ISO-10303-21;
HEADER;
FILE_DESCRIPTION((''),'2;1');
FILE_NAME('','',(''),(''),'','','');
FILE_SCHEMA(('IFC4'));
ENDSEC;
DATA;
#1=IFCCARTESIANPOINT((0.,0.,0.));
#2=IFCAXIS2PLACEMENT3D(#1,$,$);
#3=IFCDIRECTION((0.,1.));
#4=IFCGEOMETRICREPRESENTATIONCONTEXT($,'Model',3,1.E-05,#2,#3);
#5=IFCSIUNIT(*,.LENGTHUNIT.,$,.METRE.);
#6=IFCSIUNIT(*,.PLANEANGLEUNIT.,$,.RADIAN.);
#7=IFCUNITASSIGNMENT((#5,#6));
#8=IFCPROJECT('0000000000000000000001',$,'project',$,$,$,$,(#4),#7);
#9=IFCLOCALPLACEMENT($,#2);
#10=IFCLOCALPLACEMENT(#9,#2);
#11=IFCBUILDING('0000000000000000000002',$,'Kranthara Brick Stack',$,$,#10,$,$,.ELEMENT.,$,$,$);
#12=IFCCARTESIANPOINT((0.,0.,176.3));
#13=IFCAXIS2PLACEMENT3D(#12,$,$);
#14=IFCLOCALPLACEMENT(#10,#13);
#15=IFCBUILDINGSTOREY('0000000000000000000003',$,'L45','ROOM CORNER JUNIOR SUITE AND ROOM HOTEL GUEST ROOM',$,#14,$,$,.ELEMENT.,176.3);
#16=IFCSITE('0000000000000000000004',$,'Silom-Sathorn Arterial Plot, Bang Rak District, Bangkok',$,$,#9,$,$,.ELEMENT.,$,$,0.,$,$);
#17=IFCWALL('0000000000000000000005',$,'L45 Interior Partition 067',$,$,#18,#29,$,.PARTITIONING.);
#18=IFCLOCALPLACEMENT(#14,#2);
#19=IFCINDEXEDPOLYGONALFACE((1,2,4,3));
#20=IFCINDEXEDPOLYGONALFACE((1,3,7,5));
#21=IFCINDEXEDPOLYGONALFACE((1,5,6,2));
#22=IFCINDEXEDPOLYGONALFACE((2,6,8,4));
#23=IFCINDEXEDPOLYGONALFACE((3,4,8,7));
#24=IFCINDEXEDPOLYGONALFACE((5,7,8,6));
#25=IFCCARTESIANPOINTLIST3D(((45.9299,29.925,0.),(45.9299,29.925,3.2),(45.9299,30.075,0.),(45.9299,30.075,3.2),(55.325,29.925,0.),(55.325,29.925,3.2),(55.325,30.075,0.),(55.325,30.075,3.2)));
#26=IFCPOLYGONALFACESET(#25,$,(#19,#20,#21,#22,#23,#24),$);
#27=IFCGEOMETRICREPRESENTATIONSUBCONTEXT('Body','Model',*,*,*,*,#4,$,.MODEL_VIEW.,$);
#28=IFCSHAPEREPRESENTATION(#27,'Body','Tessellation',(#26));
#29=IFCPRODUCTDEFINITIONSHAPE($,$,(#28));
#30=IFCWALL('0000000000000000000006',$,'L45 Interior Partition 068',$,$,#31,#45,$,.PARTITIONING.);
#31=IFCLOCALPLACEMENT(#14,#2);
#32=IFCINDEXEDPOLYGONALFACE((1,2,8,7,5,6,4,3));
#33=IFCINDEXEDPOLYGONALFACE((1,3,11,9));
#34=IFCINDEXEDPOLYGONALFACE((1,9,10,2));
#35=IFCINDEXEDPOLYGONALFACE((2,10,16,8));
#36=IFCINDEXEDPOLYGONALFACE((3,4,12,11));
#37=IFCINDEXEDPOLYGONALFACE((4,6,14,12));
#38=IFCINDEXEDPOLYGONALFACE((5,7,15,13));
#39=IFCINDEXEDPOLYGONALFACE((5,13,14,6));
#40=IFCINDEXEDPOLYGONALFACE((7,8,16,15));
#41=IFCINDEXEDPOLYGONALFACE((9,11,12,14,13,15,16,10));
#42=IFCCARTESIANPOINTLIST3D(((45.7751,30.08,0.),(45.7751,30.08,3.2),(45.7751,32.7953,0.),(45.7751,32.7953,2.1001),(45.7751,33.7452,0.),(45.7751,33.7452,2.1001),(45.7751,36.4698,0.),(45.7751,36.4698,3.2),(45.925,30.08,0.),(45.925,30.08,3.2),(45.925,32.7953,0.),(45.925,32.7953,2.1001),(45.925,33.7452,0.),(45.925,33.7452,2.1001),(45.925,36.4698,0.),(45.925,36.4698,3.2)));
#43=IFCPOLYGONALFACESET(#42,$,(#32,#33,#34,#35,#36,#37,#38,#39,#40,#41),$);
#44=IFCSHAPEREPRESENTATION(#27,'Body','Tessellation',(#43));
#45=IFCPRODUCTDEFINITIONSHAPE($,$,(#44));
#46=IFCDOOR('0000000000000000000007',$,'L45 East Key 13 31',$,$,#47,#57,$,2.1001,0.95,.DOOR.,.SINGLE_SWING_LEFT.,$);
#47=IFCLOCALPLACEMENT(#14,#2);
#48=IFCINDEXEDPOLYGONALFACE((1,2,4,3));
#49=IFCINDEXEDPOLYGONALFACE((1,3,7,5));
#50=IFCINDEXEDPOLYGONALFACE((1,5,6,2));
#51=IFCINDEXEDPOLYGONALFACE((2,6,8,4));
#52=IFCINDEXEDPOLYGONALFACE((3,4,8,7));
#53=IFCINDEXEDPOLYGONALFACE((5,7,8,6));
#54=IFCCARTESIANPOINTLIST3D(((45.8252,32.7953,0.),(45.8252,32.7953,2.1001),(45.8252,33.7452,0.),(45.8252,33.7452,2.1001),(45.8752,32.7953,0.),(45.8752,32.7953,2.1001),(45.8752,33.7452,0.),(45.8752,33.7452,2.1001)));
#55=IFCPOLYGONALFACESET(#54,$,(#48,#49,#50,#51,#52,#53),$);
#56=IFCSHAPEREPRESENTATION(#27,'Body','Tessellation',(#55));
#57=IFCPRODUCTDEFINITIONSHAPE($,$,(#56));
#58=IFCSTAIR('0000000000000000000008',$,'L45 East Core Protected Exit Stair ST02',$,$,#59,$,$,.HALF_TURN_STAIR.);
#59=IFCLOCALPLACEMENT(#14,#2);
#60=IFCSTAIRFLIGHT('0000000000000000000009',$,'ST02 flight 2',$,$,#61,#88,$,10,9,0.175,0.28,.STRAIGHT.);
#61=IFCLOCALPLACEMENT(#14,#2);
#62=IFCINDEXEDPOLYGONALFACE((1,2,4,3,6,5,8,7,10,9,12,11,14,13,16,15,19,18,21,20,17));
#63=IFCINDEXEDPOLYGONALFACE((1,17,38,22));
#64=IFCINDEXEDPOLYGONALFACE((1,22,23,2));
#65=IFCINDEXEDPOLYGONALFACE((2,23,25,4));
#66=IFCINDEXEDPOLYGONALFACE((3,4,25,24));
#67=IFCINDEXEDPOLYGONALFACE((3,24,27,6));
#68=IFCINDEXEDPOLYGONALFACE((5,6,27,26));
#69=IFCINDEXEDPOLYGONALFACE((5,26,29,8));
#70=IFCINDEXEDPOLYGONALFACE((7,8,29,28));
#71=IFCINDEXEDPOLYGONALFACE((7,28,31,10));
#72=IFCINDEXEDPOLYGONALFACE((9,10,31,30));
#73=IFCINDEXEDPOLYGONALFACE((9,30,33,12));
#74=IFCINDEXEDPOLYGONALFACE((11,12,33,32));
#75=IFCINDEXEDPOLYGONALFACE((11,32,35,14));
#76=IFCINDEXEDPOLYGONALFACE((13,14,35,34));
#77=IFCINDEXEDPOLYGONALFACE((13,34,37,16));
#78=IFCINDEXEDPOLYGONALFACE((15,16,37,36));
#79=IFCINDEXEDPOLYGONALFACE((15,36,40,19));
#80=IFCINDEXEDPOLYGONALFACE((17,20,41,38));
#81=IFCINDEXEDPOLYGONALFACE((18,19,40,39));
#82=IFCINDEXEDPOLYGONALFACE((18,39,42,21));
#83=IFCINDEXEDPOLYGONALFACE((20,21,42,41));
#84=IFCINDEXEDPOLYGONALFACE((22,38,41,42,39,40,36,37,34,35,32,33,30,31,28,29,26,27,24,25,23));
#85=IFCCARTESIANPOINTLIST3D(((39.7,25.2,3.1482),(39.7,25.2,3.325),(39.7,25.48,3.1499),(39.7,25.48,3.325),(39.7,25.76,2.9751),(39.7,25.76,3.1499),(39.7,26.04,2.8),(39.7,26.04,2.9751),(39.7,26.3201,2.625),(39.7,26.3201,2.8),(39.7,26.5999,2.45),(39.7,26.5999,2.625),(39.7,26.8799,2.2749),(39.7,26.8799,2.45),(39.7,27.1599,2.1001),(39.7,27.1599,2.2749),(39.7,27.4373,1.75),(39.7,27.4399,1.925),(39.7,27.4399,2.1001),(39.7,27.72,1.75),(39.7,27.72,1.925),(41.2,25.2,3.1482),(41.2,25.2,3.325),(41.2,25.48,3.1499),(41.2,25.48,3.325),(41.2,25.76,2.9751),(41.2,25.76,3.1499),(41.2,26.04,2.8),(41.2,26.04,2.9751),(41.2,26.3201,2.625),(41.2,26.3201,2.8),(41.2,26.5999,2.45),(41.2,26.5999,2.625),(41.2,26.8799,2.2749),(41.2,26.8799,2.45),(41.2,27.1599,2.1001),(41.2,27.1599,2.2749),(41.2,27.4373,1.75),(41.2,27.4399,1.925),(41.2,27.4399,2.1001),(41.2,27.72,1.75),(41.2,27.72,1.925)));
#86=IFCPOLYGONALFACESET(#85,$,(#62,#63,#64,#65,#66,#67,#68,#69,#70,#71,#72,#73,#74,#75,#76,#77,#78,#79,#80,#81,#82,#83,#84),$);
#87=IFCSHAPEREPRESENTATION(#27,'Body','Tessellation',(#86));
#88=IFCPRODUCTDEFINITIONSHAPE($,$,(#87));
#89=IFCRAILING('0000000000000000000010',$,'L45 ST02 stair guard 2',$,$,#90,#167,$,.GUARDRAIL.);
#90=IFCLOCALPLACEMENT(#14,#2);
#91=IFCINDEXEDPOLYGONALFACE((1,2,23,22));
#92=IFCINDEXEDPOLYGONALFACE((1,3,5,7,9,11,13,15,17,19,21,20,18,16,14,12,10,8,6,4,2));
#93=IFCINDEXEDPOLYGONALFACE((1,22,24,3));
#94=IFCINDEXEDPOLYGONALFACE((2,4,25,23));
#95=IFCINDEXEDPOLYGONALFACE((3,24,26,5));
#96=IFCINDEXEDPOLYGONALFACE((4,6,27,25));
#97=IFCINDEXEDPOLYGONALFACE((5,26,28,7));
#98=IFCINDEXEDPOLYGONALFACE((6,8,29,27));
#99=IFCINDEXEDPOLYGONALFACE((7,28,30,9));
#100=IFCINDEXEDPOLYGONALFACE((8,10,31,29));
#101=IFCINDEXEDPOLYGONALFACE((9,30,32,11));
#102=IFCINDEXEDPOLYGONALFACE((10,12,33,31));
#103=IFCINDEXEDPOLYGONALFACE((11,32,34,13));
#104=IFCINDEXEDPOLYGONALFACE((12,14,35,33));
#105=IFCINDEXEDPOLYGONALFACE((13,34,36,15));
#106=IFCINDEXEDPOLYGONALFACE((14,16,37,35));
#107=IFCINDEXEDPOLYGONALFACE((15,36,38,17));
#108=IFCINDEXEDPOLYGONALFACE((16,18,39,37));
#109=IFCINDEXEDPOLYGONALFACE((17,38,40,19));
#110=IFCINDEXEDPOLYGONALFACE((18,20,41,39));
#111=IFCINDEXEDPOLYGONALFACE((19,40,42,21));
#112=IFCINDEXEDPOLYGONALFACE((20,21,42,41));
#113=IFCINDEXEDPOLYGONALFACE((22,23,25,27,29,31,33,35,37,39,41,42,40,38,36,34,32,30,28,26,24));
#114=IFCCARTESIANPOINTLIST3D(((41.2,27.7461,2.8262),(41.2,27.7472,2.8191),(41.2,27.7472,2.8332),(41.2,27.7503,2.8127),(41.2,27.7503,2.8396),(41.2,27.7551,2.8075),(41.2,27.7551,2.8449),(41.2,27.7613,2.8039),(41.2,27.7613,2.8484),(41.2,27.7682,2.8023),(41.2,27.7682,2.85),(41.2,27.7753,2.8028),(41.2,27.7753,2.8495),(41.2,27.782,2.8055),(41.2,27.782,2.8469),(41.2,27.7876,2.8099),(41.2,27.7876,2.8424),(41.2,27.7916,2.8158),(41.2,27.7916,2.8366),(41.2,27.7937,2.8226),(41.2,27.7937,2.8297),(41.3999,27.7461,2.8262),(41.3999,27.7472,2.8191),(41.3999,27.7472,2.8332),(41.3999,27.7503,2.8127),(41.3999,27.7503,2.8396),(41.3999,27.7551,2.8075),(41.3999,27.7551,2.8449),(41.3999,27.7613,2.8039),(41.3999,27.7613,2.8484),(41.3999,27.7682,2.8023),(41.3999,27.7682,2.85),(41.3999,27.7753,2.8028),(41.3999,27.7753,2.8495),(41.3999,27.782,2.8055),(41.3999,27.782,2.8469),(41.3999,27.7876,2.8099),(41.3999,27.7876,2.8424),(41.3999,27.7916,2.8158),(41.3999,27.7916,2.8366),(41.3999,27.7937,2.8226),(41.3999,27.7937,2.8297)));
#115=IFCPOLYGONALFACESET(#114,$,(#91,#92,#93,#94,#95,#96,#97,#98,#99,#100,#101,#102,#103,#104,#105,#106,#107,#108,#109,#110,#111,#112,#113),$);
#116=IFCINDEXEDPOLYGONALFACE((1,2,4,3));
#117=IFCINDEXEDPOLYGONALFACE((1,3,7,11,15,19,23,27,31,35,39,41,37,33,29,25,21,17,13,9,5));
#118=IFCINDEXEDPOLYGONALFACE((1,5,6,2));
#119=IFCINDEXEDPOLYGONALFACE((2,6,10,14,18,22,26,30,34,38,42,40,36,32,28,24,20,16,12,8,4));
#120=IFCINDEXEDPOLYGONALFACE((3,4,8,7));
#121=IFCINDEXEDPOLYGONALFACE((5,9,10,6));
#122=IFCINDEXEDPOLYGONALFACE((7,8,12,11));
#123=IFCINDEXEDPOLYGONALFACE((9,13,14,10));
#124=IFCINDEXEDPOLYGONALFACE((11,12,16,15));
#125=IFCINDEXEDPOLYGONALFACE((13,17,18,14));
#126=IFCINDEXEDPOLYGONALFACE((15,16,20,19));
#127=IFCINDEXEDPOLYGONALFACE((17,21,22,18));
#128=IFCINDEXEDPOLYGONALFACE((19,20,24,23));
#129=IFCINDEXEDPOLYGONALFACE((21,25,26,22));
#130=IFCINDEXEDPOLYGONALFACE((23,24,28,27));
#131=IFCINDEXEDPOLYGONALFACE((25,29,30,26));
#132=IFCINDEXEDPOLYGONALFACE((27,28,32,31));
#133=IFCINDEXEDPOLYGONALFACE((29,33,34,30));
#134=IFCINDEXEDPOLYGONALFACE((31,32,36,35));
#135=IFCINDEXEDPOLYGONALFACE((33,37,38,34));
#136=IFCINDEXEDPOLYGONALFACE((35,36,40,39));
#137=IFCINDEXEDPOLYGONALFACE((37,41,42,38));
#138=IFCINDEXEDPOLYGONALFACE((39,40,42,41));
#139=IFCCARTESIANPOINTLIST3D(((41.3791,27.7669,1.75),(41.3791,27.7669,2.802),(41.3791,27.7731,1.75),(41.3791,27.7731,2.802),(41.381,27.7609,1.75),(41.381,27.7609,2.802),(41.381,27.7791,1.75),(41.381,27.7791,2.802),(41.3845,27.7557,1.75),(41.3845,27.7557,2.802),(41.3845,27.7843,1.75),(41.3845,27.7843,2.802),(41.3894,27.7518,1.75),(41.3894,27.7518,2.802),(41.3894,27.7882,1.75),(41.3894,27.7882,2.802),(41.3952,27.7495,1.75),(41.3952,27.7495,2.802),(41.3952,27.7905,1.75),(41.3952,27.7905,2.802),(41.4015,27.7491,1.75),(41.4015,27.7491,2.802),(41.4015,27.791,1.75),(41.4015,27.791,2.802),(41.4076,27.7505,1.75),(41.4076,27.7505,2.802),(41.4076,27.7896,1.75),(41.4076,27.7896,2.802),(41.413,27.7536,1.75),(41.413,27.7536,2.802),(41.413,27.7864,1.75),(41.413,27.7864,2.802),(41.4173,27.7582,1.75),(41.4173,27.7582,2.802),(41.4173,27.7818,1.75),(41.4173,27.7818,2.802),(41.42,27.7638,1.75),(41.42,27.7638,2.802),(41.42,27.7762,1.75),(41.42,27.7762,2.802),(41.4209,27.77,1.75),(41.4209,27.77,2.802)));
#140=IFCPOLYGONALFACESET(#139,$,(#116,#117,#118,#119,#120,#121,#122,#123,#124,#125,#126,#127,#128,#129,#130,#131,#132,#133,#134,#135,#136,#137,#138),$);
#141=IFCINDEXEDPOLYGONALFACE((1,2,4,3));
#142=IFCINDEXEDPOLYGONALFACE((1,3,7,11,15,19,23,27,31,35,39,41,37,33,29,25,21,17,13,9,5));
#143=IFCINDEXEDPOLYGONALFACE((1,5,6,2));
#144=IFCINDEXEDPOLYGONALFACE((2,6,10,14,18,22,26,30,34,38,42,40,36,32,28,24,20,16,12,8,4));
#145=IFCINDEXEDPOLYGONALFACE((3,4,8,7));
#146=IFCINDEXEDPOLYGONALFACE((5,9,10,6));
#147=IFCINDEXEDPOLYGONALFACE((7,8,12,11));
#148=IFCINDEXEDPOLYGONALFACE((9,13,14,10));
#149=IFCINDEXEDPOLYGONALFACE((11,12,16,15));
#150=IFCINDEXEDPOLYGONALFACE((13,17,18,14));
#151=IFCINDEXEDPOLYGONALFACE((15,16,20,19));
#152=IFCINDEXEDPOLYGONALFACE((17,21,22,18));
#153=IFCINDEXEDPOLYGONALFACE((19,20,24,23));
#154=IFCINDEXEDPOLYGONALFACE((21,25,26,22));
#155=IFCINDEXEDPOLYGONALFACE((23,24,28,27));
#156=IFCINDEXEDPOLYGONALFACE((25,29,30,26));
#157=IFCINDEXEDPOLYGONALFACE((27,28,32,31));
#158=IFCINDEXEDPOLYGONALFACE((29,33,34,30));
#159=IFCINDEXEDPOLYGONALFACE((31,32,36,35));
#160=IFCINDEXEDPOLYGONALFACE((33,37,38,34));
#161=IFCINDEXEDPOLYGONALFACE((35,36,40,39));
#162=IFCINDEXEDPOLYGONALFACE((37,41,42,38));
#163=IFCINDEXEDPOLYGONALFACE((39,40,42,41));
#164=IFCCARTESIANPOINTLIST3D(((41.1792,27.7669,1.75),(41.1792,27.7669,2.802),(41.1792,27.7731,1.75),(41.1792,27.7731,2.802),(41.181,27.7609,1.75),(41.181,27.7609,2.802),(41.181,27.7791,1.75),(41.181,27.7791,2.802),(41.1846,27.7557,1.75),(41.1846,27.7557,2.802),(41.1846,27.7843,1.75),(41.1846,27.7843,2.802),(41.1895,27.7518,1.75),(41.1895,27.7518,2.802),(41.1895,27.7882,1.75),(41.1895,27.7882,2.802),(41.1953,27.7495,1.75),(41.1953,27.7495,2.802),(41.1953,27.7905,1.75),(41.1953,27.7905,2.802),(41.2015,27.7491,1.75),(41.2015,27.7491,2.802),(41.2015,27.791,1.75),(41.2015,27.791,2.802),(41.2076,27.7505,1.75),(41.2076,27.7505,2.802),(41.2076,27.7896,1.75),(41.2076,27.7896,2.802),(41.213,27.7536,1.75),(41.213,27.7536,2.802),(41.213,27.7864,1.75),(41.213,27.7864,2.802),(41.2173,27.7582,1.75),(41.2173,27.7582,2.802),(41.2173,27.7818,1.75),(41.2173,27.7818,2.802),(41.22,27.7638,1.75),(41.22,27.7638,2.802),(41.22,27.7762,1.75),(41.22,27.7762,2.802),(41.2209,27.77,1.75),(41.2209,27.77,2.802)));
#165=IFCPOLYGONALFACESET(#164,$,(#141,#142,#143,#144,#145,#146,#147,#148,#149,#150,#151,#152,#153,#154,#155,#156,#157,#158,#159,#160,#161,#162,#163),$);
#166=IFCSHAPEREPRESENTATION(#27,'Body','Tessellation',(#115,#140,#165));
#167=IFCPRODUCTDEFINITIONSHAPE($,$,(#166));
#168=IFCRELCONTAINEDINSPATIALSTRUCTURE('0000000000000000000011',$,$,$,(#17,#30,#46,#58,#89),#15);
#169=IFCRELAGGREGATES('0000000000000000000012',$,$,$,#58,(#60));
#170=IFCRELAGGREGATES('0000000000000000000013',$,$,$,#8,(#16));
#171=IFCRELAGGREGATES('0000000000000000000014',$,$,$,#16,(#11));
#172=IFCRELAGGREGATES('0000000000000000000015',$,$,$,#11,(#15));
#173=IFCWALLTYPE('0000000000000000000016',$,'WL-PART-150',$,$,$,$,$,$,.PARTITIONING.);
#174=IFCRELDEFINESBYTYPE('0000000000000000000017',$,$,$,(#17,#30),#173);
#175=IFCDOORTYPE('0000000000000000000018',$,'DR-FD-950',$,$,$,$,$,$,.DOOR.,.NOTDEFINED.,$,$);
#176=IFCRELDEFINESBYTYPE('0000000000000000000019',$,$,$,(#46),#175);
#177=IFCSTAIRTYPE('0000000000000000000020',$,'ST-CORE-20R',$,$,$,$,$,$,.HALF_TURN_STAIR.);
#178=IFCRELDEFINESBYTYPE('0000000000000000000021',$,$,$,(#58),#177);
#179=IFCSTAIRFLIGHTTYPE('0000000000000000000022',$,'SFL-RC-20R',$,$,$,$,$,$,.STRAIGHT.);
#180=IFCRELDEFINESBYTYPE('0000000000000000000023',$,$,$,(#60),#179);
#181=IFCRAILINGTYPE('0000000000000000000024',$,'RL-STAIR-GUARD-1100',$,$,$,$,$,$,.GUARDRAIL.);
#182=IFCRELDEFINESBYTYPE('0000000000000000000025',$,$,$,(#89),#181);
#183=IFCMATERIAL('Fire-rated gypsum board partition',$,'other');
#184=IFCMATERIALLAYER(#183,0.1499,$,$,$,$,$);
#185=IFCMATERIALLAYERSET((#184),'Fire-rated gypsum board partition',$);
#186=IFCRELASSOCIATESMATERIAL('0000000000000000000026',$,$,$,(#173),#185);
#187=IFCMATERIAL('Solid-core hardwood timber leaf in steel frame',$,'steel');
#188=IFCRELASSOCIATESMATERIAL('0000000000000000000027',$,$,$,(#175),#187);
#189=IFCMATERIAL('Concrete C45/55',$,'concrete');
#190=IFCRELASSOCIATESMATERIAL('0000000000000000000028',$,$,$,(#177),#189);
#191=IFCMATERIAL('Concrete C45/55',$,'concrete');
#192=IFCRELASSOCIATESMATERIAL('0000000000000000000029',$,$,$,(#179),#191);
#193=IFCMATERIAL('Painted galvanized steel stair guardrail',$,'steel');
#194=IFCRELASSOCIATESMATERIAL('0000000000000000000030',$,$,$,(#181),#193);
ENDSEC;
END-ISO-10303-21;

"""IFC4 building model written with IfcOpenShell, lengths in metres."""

from ifc_helpers import new_model, si_unit, direction, frame, frame_2d, origin, origin_2d, place, context, subcontext, project, spatial, polyline, rectangle, circle, outline, extrude, material, layer, layer_set, type_object, element, fill, aggregate, save


model = new_model("IFC4")

# Units and contexts
model_context = context("Model", 3, precision=1e-05, world=origin(), true_north=direction((0.0, 1.0)))
body_context = subcontext(model_context, "Body", "Model", "MODEL_VIEW")
ifc_project = project(units=[si_unit("LENGTHUNIT", "METRE"), si_unit("PLANEANGLEUNIT", "RADIAN")], contexts=[model_context])

# Site, building, storey
site_placement = place(None, origin())
site = spatial("IfcSite", under=ifc_project, at=site_placement, Name="Silom-Sathorn Arterial Plot, Bang Rak District, Bangkok", CompositionType="ELEMENT", RefElevation=0.0)
building_placement = place(site_placement, origin())
building = spatial("IfcBuilding", under=site, at=building_placement, Name="Kranthara Brick Stack", CompositionType="ELEMENT")
storey_placement = place(building_placement, frame((0.0, 0.0, 176.3)))
storey = spatial("IfcBuildingStorey", under=building, at=storey_placement, Name="L45", Description="ROOM CORNER JUNIOR SUITE AND ROOM HOTEL GUEST ROOM", CompositionType="ELEMENT", Elevation=176.3)

# Wall
ifc_material_1 = material(Name="Fire-rated gypsum board partition", Category="other")
ifc_layer_1 = layer(ifc_material_1, 0.1499)
ifc_layer_set_1 = layer_set([ifc_layer_1], Name="Fire-rated gypsum board partition")
wall_type_1 = type_object("IfcWallType", Name="WL-PART-150", PredefinedType="PARTITIONING", material=ifc_layer_set_1)
wall_1_placement = place(storey_placement, frame((45.9299, 30.0, 0.0), z_axis=(0.0, 0.0, 1.0), x_axis=(1.0, 0.0, 0.0)))
element("IfcWall", 1, at=wall_1_placement, inside=storey, type_object=wall_type_1, Name="L45 Interior Partition 067", PredefinedType="PARTITIONING", context=body_context, shape_type="SweptSolid", body=[
    extrude(rectangle(XDim=9.395, YDim=0.1499, at=frame_2d((4.6975, 0.0))), origin(), (0.0, 0.0, 1.0), 3.2),
])

# Wall, opening, door
wall_2_placement = place(storey_placement, frame((45.8501, 30.0801, 0.0), z_axis=(0.0, 0.0, 1.0), x_axis=(0.0, 1.0, 0.0)))
wall_2 = element("IfcWall", 2, at=wall_2_placement, inside=storey, type_object=wall_type_1, Name="L45 Interior Partition 068", PredefinedType="PARTITIONING", context=body_context, shape_type="SweptSolid", body=[
    extrude(rectangle(XDim=6.3899, YDim=0.1499, at=frame_2d((3.1948, 0.0))), origin(), (0.0, 0.0, 1.0), 3.2),
])
opening_1_placement = place(wall_2_placement, frame((2.7151, 0.0, 0.0)))
opening_1 = element("IfcOpeningElement", 3, at=opening_1_placement, cuts=wall_2, PredefinedType="OPENING", context=body_context, shape_type="SweptSolid", body=[
    extrude(rectangle(XDim=0.95, YDim=2.1001, at=frame_2d((0.4751, 1.05))), frame((0.0, 0.085, 0.0), z_axis=(0.0, -1.0, 0.0), x_axis=(1.0, 0.0, 0.0)), (0.0, 0.0, 1.0), 0.1699),
])
ifc_material_2 = material(Name="Solid-core hardwood timber leaf in steel frame", Category="steel")
door_type_1 = type_object("IfcDoorType", Name="DR-FD-950", OperationType="NOTDEFINED", PredefinedType="DOOR", material=ifc_material_2)
door_1_placement = place(opening_1_placement, origin())
door_1 = element("IfcDoor", 4, at=door_1_placement, inside=storey, type_object=door_type_1, Name="L45 East Key 13 31", OperationType="SINGLE_SWING_LEFT", OverallHeight=2.1001, OverallWidth=0.95, PredefinedType="DOOR", context=body_context, shape_type="SweptSolid", body=[
    extrude(rectangle(XDim=0.95, YDim=2.1001, at=frame_2d((0.4751, 1.05))), frame((0.0, 0.0249, 0.0), z_axis=(0.0, -1.0, 0.0), x_axis=(1.0, 0.0, 0.0)), (0.0, 0.0, 1.0), 0.05),
])
fill(opening_1, door_1)

# Stair, stair flight
ifc_material_3 = material(Name="Concrete C45/55", Category="concrete")
stair_type = type_object("IfcStairType", Name="ST-CORE-20R", PredefinedType="HALF_TURN_STAIR", material=ifc_material_3)
stair_placement = place(storey_placement, origin())
stair = element("IfcStair", 5, at=stair_placement, inside=storey, type_object=stair_type, Name="L45 East Core Protected Exit Stair ST02", PredefinedType="HALF_TURN_STAIR")
ifc_material_4 = material(Name="Concrete C45/55", Category="concrete")
stair_flight_type = type_object("IfcStairFlightType", Name="SFL-RC-20R", PredefinedType="STRAIGHT", material=ifc_material_4)
stair_flight_placement = place(storey_placement, frame((40.45, 27.72, 1.75), z_axis=(0.0, 0.0, 1.0), x_axis=(0.0, -1.0, 0.0)))
stair_flight = element("IfcStairFlight", 6, at=stair_flight_placement, type_object=stair_flight_type, Name="ST02 flight 2", NumberOfRisers=10, NumberOfTreads=9, PredefinedType="STRAIGHT", RiserHeight=0.175, TreadLength=0.28, context=body_context, shape_type="SweptSolid", body=[
    extrude(outline(polyline([(0.0, 0.0), (0.0, 0.175), (0.28, 0.175), (0.28, 0.3501), (0.5601, 0.3501), (0.5601, 0.5249), (0.8401, 0.5249), (0.8401, 0.7), (1.1201, 0.7), (1.1201, 0.875), (1.3999, 0.875), (1.3999, 1.05), (1.6799, 1.05), (1.6799, 1.2251), (1.96, 1.2251), (1.96, 1.3999), (2.24, 1.3999), (2.24, 1.575), (2.52, 1.575), (2.52, 1.75), (2.52, 1.3982), (0.2827, 0.0), (0.0, 0.0)])), frame((0.0, 0.75, 0.0), z_axis=(0.0, -1.0, 0.0), x_axis=(1.0, 0.0, 0.0)), (0.0, 0.0, 1.0), 1.5),
])
aggregate(stair, [stair_flight])

# Railing
ifc_material_5 = material(Name="Painted galvanized steel stair guardrail", Category="steel")
railing_type_1 = type_object("IfcRailingType", Name="RL-STAIR-GUARD-1100", PredefinedType="GUARDRAIL", material=ifc_material_5)
railing_1_placement = place(storey_placement, frame((41.3999, 27.77, 1.75)))
element("IfcRailing", 7, at=railing_1_placement, inside=storey, type_object=railing_type_1, Name="L45 ST02 stair guard 2", PredefinedType="GUARDRAIL", context=body_context, shape_type="SweptSolid", body=[
    extrude(circle(Radius=0.0239, at=origin_2d()), frame((0.0, 0.0, 1.0762), z_axis=(-1.0, 0.0, 0.0), x_axis=(0.0, -1.0, 0.0)), (0.0, 0.0, 1.0), 0.2),
    extrude(circle(Radius=0.021, at=origin_2d()), origin(), (0.0, 0.0, 1.0), 1.052),
    extrude(circle(Radius=0.021, at=origin_2d()), frame((-0.2, 0.0, 0.0)), (0.0, 0.0, 1.0), 1.052),
])

save(model, "model.ifc")
